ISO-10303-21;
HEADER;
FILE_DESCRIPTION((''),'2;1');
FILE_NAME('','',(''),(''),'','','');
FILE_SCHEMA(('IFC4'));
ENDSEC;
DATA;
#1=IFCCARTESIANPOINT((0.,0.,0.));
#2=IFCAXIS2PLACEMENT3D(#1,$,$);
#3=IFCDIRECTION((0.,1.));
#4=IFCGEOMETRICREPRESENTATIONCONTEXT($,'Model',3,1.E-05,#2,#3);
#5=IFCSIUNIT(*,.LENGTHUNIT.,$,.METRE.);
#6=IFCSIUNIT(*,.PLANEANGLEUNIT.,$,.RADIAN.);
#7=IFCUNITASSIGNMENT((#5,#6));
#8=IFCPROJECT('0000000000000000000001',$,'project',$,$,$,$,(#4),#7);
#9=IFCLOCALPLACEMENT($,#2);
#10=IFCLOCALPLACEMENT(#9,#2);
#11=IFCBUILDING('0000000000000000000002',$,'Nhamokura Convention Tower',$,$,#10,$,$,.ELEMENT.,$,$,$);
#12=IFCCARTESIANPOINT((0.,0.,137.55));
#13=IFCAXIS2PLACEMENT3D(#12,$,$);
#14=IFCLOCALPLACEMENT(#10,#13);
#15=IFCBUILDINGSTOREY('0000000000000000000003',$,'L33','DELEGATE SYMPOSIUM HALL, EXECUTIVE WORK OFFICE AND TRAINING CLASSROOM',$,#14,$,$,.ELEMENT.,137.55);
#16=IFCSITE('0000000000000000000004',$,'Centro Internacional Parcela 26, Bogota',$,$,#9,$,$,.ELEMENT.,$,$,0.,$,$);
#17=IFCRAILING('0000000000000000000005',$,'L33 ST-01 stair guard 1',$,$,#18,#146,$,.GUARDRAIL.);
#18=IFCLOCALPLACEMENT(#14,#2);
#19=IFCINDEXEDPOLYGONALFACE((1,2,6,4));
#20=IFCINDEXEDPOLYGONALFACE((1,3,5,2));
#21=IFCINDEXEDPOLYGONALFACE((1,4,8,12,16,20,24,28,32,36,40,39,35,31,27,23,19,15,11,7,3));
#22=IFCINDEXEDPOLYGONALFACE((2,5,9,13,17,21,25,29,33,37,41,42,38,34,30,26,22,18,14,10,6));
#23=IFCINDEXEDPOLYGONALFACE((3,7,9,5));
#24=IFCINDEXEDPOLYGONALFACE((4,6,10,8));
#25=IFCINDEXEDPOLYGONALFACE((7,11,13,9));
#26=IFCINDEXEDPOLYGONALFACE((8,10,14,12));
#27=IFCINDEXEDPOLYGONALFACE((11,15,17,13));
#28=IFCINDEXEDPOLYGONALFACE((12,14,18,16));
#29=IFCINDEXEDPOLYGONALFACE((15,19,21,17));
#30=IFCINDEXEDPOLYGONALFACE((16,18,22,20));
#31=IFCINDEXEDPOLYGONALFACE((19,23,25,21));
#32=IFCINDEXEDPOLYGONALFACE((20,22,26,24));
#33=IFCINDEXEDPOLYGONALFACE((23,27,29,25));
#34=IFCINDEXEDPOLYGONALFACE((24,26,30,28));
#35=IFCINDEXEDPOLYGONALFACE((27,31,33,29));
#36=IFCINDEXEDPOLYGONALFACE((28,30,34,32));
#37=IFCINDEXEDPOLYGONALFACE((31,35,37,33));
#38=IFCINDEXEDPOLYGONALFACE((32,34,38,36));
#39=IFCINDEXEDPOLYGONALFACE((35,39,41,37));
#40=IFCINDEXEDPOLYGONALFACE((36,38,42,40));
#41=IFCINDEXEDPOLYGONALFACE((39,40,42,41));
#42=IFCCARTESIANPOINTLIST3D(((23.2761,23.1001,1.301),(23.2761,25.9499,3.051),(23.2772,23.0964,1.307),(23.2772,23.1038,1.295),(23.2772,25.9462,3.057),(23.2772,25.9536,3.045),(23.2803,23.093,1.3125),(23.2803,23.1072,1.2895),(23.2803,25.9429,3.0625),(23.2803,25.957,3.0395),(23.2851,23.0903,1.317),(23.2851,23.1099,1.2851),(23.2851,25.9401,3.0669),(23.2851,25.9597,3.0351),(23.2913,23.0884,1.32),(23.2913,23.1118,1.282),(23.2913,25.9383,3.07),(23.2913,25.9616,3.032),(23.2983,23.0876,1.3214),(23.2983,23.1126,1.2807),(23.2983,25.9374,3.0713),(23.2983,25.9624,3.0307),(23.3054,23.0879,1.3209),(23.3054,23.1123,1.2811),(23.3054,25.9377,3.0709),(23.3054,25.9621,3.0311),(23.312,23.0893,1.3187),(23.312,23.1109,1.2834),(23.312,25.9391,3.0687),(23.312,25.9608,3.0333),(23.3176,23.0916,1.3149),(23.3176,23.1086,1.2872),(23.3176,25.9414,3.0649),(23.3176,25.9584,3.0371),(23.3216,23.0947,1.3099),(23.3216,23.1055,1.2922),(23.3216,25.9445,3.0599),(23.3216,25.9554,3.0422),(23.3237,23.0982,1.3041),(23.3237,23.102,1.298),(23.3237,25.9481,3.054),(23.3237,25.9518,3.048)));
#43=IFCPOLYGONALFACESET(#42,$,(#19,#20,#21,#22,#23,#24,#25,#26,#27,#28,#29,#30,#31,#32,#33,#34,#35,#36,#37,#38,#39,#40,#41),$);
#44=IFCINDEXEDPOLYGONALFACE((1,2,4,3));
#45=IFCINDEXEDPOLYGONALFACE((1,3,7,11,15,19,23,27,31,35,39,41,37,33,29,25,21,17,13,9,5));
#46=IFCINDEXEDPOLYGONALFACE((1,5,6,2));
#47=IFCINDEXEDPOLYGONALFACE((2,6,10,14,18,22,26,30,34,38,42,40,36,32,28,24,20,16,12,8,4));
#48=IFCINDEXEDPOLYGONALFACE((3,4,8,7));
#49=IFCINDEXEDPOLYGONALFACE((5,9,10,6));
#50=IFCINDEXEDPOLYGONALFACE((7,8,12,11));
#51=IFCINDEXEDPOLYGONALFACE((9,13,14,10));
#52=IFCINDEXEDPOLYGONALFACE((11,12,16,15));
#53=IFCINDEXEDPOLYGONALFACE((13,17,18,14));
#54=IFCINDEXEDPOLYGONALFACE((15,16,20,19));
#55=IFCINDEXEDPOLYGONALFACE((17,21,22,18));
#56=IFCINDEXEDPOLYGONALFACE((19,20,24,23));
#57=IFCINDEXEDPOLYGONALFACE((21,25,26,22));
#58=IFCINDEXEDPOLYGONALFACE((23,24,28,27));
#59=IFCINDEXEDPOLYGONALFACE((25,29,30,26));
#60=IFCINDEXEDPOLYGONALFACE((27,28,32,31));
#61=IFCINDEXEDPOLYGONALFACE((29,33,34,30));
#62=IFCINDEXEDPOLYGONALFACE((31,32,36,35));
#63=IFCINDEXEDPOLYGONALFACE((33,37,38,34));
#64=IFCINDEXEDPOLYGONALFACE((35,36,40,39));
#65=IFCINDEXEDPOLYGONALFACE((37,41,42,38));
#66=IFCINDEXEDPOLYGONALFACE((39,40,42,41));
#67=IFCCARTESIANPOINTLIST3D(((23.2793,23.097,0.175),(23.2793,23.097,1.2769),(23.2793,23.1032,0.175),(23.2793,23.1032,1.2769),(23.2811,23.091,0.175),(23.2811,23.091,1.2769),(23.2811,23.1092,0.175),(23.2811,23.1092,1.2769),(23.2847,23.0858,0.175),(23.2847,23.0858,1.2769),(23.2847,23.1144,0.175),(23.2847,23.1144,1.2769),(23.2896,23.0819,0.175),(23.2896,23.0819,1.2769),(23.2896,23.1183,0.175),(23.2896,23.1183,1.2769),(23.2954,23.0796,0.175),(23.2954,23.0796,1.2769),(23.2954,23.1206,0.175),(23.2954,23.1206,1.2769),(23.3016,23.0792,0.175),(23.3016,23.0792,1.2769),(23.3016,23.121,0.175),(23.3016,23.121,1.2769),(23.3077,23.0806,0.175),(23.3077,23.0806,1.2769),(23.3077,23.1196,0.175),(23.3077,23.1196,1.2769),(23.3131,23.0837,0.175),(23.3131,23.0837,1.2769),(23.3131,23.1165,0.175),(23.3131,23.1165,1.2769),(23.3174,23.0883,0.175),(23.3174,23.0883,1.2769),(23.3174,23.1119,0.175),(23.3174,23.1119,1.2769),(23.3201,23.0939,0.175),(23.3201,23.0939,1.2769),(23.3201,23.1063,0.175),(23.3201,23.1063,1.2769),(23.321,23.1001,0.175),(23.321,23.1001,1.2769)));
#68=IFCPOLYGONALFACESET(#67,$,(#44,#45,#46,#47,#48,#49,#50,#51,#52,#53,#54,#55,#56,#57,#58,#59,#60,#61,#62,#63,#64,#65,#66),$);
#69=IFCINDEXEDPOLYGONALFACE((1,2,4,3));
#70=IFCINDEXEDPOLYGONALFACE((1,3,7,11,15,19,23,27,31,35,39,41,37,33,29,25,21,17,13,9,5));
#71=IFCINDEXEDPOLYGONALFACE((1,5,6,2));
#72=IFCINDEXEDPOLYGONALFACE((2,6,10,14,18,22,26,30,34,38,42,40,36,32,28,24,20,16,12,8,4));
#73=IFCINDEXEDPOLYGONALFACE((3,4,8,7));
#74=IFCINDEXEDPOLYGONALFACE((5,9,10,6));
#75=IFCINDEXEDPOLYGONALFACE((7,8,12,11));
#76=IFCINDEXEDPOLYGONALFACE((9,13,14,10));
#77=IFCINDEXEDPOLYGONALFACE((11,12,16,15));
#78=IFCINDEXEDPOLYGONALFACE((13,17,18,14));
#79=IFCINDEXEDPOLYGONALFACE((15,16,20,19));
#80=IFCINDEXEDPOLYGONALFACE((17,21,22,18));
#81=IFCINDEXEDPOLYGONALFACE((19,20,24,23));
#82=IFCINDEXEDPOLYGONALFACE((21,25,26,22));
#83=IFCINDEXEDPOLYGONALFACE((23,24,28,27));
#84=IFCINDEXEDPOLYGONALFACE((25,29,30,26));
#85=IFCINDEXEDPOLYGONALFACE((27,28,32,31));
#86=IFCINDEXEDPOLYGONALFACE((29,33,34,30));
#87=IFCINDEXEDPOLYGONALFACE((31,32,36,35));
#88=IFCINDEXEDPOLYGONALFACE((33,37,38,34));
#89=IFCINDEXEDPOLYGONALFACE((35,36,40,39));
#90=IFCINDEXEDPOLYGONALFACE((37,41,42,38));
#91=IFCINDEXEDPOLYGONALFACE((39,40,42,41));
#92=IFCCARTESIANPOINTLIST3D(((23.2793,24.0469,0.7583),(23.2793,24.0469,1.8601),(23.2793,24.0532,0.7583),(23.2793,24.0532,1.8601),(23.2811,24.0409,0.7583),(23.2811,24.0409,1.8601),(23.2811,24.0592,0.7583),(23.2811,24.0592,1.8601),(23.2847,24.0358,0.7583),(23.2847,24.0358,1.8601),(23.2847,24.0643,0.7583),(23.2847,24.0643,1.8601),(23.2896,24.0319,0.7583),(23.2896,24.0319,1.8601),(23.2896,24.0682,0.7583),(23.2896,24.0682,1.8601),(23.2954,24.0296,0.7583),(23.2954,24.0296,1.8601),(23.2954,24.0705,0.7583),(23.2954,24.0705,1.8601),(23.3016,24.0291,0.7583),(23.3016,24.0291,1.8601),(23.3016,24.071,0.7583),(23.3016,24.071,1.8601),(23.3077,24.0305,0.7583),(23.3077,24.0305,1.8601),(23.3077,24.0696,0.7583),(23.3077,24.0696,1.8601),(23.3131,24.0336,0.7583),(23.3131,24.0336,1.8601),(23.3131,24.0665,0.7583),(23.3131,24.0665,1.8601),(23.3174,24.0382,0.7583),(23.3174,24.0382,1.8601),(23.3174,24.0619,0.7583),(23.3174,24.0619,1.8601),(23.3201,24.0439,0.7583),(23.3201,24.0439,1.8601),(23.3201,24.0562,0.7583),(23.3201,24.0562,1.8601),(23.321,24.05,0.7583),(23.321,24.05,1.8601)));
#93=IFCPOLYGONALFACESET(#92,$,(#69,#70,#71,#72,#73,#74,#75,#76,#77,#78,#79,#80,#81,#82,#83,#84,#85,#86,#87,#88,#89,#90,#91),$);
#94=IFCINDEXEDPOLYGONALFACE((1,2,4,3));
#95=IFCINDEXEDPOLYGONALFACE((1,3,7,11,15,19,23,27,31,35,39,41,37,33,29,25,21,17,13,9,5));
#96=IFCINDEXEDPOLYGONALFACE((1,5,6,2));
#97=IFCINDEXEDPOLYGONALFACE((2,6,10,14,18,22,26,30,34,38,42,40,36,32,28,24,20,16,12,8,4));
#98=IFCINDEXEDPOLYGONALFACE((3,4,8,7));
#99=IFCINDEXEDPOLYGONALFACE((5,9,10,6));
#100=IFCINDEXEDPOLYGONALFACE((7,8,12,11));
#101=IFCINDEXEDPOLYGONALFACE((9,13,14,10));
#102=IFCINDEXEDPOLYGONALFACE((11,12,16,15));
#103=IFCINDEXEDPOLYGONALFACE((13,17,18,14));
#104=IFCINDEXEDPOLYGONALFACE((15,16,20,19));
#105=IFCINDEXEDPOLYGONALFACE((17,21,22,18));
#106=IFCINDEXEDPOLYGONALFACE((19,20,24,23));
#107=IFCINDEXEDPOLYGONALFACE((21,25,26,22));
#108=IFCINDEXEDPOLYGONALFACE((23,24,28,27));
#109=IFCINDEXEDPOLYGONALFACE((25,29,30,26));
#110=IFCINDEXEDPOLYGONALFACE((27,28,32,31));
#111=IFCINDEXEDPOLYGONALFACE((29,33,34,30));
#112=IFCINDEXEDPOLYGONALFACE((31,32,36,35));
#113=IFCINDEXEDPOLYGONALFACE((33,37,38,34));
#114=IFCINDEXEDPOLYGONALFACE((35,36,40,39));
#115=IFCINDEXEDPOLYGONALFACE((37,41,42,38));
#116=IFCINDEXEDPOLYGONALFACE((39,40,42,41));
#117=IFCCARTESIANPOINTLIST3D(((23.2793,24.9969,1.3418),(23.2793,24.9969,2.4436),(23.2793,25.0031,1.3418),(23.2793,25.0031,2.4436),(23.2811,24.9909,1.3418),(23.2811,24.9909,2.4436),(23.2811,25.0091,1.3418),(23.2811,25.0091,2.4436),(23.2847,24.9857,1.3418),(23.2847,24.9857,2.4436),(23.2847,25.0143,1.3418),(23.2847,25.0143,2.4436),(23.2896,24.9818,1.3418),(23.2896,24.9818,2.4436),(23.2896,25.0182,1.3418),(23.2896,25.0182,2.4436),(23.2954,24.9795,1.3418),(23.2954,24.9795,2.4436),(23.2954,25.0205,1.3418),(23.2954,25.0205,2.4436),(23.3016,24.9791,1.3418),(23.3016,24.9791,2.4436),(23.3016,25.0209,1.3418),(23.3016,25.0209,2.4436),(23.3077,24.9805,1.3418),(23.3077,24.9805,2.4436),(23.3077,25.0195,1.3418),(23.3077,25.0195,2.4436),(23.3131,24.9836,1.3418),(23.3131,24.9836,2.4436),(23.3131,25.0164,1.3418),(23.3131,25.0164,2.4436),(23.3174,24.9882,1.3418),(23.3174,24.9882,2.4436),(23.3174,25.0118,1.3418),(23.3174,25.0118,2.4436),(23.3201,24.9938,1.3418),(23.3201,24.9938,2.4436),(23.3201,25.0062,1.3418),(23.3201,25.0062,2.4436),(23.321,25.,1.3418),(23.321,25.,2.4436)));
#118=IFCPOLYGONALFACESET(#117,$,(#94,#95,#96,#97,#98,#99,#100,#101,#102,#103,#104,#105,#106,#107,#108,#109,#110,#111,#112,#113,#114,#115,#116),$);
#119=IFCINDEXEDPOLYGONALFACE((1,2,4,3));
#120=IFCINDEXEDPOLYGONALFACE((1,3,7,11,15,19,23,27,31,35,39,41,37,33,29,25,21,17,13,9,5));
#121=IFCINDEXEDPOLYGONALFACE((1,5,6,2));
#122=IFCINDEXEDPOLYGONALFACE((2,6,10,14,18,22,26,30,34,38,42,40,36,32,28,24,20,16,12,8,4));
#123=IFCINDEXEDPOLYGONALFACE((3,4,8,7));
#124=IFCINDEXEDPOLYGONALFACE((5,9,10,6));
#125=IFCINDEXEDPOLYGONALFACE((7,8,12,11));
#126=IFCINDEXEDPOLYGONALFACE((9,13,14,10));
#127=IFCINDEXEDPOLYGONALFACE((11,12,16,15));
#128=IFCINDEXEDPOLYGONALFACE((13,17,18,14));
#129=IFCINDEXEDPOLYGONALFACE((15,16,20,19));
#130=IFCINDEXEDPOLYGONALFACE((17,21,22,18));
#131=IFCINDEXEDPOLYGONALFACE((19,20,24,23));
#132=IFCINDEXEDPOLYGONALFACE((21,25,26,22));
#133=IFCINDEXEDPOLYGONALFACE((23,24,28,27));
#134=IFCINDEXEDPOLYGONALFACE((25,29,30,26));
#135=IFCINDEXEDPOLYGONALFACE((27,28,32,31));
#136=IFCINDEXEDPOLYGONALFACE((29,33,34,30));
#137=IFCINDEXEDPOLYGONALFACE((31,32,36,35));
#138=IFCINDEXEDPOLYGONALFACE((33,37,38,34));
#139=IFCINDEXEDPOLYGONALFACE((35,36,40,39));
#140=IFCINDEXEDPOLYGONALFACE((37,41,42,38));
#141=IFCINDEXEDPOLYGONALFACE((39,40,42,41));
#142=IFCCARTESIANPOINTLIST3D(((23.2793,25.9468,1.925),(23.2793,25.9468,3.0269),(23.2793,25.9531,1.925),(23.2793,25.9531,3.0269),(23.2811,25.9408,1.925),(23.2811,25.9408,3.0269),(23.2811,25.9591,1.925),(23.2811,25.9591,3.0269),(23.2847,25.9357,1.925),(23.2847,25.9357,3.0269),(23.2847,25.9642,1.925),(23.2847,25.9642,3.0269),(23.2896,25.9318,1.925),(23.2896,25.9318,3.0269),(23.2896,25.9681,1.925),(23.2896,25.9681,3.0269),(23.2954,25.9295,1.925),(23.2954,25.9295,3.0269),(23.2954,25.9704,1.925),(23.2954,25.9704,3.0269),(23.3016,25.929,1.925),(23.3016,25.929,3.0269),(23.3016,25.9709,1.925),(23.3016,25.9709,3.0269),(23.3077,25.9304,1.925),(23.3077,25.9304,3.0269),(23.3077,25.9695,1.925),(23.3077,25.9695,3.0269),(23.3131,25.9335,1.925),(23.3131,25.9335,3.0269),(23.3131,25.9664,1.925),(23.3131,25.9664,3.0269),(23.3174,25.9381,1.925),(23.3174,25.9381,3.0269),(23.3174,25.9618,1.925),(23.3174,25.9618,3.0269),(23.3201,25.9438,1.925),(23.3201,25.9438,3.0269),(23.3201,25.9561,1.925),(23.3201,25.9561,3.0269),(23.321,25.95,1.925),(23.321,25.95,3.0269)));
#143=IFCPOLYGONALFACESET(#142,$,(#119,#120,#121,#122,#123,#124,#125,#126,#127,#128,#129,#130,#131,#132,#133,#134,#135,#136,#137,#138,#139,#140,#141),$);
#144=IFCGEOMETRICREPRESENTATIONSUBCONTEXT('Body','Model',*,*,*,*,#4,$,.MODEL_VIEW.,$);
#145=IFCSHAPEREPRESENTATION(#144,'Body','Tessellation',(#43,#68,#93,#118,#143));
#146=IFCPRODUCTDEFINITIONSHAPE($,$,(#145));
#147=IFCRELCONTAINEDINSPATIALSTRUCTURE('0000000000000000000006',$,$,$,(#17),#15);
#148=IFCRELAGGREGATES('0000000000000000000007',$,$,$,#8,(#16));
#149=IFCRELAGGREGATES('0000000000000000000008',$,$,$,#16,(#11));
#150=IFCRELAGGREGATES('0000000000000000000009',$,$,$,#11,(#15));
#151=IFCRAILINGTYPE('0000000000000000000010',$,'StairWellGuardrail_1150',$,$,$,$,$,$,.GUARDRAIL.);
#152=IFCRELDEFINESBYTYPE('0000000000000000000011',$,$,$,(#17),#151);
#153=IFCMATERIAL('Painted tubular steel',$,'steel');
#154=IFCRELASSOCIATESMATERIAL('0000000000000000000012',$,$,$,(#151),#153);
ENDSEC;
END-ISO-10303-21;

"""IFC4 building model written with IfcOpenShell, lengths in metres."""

from ifc_helpers import new_model, si_unit, direction, frame, origin, origin_2d, place, context, subcontext, project, spatial, circle, extrude, material, type_object, element, save


model = new_model("IFC4")

# Units and contexts
model_context = context("Model", 3, precision=1e-05, world=origin(), true_north=direction((0.0, 1.0)))
body_context = subcontext(model_context, "Body", "Model", "MODEL_VIEW")
ifc_project = project(units=[si_unit("LENGTHUNIT", "METRE"), si_unit("PLANEANGLEUNIT", "RADIAN")], contexts=[model_context])

# Site, building, storey
site_placement = place(None, origin())
site = spatial("IfcSite", under=ifc_project, at=site_placement, Name="Centro Internacional Parcela 26, Bogota", CompositionType="ELEMENT", RefElevation=0.0)
building_placement = place(site_placement, origin())
building = spatial("IfcBuilding", under=site, at=building_placement, Name="Nhamokura Convention Tower", CompositionType="ELEMENT")
storey_placement = place(building_placement, frame((0.0, 0.0, 137.55)))
storey = spatial("IfcBuildingStorey", under=building, at=storey_placement, Name="L33", Description="DELEGATE SYMPOSIUM HALL, EXECUTIVE WORK OFFICE AND TRAINING CLASSROOM", CompositionType="ELEMENT", Elevation=137.55)

# Railing
ifc_material_1 = material(Name="Painted tubular steel", Category="steel")
railing_type_1 = type_object("IfcRailingType", Name="StairWellGuardrail_1150", PredefinedType="GUARDRAIL", material=ifc_material_1)
railing_1_placement = place(storey_placement, frame((23.3, 23.1001, 0.175)))
element("IfcRailing", 1, at=railing_1_placement, inside=storey, type_object=railing_type_1, Name="L33 ST-01 stair guard 1", PredefinedType="GUARDRAIL", context=body_context, shape_type="SweptSolid", body=[
    extrude(circle(Radius=0.0239, at=origin_2d()), frame((0.0, 0.0, 1.126), z_axis=(0.0, 0.852159, 0.523283), x_axis=(-1.0, 0.0, 0.0)), (0.0, 0.0, 1.0), 3.3442),
    extrude(circle(Radius=0.021, at=origin_2d()), origin(), (0.0, 0.0, 1.0), 1.1018),
    extrude(circle(Radius=0.021, at=origin_2d()), frame((0.0, 0.95, 0.5833)), (0.0, 0.0, 1.0), 1.1018),
    extrude(circle(Radius=0.021, at=origin_2d()), frame((0.0, 1.8999, 1.1667)), (0.0, 0.0, 1.0), 1.1018),
    extrude(circle(Radius=0.021, at=origin_2d()), frame((0.0, 2.8499, 1.75)), (0.0, 0.0, 1.0), 1.1018),
])

save(model, "model.ifc")
